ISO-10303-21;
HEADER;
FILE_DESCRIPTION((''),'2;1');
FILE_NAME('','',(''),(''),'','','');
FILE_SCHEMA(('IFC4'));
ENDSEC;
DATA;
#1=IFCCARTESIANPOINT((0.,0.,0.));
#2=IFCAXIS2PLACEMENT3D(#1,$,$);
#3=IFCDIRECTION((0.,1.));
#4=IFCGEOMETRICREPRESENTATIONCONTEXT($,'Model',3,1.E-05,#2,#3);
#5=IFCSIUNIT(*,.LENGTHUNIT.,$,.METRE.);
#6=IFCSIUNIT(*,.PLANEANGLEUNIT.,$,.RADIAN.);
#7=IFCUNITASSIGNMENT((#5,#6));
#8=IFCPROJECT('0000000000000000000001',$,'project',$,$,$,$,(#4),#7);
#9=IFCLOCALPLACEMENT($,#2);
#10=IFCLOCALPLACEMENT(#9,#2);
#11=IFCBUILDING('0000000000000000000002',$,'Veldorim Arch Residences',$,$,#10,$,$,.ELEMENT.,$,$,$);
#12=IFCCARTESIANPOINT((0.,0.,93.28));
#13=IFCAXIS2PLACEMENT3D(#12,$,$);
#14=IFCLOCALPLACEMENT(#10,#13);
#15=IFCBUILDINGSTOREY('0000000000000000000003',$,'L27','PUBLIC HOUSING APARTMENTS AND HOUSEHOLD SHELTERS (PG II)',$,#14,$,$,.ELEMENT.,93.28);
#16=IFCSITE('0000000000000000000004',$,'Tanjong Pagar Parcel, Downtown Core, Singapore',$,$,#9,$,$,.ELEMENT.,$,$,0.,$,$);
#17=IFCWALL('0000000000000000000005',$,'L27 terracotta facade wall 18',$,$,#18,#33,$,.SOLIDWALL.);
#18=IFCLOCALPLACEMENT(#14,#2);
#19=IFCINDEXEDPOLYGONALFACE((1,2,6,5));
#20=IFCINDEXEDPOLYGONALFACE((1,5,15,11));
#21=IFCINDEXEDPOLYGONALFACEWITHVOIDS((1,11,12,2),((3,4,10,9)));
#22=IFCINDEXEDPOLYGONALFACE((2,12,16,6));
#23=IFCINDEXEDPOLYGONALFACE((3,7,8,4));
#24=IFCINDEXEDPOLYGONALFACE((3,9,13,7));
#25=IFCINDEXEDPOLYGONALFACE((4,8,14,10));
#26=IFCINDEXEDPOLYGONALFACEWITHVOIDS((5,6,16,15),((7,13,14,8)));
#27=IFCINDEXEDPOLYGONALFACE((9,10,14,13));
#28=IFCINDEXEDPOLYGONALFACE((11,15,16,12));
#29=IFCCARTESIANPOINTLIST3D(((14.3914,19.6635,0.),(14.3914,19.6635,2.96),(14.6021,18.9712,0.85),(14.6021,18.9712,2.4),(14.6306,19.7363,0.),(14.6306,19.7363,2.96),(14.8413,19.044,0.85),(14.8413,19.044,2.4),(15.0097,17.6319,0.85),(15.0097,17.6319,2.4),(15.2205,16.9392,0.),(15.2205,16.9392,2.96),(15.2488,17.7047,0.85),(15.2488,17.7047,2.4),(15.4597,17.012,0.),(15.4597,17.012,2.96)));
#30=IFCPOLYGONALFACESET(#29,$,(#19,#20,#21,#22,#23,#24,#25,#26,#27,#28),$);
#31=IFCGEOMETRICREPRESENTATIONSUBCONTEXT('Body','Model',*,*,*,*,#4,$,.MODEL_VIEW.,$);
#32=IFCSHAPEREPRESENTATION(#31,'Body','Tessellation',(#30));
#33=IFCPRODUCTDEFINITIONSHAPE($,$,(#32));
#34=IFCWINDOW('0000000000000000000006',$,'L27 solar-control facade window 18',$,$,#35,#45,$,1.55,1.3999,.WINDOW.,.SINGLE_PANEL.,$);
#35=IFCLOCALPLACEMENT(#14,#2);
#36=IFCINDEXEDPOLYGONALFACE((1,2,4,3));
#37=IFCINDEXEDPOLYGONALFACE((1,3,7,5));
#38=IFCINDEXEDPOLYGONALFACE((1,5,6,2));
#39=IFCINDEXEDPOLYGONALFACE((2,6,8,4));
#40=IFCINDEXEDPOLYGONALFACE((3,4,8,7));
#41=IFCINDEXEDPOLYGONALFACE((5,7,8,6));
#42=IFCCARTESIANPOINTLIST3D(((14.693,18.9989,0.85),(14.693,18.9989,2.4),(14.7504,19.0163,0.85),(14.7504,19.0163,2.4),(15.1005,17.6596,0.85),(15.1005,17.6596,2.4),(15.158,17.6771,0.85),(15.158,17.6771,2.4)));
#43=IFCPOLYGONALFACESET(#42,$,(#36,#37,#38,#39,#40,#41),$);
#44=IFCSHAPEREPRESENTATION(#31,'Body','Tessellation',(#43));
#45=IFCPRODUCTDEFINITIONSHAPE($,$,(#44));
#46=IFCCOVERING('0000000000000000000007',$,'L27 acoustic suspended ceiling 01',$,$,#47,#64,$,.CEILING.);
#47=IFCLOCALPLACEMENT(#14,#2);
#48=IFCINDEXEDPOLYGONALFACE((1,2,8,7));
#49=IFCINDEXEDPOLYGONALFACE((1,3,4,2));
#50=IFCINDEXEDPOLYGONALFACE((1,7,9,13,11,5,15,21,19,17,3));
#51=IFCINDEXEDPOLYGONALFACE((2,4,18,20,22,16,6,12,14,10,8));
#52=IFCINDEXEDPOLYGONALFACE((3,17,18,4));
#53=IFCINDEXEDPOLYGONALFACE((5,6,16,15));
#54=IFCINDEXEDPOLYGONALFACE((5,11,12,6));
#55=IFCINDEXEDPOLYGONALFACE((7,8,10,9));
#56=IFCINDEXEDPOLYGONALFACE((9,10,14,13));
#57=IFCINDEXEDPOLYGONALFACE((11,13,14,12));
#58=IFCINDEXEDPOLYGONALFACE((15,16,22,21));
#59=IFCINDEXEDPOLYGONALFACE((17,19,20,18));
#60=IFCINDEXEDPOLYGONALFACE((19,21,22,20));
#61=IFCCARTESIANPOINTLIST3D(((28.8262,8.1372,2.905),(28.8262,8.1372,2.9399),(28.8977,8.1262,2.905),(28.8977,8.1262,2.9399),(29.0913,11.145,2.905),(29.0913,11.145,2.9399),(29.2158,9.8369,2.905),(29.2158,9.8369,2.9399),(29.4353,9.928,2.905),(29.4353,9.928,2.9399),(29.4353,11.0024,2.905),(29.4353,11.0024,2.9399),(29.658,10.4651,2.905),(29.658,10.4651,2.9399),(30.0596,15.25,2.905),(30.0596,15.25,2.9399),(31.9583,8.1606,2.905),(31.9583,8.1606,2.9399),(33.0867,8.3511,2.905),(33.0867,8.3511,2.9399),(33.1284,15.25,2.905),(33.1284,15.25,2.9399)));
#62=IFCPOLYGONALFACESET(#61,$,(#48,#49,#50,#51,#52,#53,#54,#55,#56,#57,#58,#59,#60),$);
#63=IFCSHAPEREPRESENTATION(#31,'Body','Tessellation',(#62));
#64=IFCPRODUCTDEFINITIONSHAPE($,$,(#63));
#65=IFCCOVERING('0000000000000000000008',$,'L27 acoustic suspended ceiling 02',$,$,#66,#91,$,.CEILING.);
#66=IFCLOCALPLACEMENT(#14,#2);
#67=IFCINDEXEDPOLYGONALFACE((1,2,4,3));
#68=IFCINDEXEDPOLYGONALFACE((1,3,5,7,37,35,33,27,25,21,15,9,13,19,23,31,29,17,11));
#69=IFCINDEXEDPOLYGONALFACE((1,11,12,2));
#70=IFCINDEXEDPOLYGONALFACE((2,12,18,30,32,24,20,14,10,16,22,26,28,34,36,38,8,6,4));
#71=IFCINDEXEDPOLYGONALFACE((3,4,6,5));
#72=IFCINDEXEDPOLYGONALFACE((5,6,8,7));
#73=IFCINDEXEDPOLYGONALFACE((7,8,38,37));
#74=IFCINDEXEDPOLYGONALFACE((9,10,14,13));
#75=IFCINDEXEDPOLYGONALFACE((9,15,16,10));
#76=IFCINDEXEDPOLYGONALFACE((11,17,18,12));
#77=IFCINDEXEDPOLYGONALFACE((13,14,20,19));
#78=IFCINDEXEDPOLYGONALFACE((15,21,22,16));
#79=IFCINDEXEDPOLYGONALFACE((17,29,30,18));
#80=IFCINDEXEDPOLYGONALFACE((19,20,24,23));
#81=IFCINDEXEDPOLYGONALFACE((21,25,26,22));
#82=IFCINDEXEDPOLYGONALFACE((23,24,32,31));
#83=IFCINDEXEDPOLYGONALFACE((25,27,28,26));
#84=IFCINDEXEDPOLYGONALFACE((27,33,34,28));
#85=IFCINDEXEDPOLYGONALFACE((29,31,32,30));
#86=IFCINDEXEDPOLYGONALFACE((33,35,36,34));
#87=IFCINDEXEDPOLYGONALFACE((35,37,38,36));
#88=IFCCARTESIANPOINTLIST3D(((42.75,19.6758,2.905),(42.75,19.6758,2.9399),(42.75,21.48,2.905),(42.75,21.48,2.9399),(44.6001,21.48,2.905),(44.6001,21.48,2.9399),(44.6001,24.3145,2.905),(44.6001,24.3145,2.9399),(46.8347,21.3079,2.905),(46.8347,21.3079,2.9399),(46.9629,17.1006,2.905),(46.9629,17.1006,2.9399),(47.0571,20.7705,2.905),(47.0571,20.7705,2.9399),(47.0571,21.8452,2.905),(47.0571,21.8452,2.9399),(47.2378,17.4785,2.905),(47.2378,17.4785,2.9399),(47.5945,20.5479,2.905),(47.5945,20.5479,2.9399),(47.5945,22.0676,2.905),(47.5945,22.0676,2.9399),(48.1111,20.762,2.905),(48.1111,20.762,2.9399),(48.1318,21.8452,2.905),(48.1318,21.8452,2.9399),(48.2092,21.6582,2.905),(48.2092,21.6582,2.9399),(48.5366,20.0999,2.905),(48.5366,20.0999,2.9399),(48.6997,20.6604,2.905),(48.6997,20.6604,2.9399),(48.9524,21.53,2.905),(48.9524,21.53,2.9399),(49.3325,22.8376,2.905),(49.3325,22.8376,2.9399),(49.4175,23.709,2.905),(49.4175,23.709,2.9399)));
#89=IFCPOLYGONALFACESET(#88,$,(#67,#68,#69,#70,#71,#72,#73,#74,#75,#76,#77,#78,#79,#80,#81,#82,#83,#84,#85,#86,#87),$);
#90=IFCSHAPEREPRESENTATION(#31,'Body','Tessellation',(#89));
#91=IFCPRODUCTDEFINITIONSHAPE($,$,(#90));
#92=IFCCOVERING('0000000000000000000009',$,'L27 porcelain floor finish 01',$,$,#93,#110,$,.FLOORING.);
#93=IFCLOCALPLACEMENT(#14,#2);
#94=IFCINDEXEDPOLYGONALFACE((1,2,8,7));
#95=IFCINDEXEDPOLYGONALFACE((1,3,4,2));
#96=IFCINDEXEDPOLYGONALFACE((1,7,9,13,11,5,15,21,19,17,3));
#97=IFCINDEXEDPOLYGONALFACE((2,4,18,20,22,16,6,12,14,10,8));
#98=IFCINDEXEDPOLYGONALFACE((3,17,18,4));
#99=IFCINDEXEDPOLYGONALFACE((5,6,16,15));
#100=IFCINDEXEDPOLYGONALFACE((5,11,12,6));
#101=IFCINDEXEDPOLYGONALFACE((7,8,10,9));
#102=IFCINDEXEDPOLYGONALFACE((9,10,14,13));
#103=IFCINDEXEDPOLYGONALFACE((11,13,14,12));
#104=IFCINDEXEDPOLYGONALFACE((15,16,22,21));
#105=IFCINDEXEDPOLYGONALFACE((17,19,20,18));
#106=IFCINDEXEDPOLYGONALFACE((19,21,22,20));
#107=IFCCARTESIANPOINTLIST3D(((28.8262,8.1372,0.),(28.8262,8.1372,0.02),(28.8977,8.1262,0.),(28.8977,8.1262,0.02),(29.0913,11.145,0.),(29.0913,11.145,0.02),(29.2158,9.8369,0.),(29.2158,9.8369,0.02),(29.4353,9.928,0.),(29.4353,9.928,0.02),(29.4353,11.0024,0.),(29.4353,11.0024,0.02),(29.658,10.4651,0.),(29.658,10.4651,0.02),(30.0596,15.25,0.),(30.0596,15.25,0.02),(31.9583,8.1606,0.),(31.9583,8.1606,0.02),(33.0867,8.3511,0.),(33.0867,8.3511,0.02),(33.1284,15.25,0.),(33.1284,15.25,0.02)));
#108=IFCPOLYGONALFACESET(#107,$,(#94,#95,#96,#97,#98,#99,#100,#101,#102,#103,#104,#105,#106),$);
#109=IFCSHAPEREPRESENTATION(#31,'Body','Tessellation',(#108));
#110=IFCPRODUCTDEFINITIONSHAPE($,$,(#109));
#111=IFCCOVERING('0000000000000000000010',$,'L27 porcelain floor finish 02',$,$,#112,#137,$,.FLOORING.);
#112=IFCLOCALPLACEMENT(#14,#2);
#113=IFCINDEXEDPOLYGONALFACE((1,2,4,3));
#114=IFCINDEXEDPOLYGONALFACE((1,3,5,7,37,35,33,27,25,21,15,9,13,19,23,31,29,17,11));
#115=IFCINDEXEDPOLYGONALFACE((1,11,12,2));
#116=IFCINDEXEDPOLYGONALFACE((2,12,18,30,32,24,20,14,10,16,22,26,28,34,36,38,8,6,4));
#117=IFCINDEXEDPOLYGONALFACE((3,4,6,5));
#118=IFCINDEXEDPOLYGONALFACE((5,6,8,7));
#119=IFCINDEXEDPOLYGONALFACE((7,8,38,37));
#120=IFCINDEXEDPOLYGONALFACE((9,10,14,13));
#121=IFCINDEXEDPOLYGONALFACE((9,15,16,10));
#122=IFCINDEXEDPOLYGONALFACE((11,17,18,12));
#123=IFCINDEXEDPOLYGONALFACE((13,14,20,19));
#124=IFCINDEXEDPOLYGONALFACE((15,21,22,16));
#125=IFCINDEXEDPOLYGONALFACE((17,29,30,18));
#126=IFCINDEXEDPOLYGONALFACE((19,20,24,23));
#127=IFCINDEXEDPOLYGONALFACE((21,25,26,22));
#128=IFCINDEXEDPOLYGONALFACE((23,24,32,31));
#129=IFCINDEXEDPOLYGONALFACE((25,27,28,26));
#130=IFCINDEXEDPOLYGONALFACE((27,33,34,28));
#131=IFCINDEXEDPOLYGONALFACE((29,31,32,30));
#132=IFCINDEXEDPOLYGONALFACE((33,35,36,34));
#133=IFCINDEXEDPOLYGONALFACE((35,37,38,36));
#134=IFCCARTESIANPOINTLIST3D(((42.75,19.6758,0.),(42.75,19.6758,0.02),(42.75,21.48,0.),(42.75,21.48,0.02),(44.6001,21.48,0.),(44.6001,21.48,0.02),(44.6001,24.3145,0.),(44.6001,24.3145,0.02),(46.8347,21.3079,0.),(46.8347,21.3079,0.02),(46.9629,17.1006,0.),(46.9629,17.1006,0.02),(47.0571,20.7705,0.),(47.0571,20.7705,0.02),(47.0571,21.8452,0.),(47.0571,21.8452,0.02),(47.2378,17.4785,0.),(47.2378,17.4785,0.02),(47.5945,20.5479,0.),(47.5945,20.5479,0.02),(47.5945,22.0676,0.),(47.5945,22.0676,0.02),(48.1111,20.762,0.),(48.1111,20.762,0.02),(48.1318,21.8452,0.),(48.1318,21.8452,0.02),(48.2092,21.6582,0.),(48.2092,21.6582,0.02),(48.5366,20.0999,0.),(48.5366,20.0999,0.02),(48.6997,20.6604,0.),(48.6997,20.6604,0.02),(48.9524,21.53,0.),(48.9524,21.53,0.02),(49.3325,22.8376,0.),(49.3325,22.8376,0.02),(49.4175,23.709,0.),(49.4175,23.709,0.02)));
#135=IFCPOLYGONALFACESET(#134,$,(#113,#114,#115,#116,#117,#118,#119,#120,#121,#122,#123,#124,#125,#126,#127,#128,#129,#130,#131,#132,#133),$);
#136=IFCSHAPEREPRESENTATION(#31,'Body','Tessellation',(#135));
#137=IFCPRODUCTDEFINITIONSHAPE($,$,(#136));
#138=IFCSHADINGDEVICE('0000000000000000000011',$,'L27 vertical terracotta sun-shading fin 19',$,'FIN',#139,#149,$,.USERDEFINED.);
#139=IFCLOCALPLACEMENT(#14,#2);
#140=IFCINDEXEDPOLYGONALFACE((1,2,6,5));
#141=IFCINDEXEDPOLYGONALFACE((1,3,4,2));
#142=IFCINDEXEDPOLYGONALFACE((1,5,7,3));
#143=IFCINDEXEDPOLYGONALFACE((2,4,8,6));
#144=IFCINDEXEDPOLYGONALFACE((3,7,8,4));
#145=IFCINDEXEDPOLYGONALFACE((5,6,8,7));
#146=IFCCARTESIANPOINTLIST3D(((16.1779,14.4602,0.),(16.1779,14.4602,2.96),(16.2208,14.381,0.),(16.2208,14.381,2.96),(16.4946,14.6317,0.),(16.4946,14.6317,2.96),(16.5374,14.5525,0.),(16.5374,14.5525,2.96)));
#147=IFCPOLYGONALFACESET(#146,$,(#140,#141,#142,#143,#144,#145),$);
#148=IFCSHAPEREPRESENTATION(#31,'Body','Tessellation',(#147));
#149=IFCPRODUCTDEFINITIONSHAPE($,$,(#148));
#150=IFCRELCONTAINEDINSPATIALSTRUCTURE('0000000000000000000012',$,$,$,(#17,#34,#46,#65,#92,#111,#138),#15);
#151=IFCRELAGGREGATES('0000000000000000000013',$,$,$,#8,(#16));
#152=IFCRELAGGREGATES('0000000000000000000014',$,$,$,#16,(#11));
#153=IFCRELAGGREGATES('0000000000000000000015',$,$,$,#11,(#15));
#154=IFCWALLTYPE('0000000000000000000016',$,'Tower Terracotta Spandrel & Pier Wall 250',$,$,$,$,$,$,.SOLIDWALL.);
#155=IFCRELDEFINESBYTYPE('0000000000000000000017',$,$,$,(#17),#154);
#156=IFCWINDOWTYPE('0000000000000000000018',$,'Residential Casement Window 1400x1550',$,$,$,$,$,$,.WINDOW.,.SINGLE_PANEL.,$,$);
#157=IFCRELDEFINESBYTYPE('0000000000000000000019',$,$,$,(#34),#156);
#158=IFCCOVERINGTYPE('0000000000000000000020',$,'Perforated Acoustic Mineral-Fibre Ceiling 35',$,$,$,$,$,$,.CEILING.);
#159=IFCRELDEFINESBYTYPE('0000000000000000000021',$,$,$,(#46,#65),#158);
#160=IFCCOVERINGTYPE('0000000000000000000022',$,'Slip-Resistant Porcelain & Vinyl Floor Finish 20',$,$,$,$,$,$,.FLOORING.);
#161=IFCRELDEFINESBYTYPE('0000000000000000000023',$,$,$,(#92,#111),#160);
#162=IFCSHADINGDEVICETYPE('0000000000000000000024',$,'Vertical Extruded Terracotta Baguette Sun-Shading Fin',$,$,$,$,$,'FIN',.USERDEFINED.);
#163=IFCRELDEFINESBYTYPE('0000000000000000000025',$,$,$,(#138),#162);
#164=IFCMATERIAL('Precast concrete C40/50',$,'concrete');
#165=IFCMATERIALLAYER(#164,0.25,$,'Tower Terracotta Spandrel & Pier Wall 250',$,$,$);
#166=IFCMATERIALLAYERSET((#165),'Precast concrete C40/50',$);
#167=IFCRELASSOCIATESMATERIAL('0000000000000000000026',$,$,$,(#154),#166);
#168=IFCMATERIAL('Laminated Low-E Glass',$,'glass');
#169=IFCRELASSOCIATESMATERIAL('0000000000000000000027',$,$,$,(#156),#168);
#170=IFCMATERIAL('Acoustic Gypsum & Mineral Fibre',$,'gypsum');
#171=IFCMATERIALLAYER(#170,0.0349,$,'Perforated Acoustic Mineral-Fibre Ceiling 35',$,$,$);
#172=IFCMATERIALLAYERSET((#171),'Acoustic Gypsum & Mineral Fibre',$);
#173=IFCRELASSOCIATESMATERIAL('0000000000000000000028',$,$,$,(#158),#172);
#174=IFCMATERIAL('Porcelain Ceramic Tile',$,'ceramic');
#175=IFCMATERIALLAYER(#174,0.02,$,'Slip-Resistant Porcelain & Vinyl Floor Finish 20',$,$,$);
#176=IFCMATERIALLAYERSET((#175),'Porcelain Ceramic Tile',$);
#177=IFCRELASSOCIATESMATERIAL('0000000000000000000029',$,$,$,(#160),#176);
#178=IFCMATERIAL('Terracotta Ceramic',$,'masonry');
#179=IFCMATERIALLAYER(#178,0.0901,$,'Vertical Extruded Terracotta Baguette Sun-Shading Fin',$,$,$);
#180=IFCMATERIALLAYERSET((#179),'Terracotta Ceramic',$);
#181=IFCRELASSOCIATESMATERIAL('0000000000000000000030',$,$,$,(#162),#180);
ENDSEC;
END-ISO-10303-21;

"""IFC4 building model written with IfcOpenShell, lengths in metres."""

from ifc_helpers import new_model, si_unit, direction, frame, frame_2d, origin, origin_2d, place, context, subcontext, project, spatial, polyline, rectangle, outline, extrude, material, layer, layer_set, type_object, element, fill, save


model = new_model("IFC4")

# Units and contexts
model_context = context("Model", 3, precision=1e-05, world=origin(), true_north=direction((0.0, 1.0)))
body_context = subcontext(model_context, "Body", "Model", "MODEL_VIEW")
ifc_project = project(units=[si_unit("LENGTHUNIT", "METRE"), si_unit("PLANEANGLEUNIT", "RADIAN")], contexts=[model_context])

# Site, building, storey
site_placement = place(None, origin())
site = spatial("IfcSite", under=ifc_project, at=site_placement, Name="Tanjong Pagar Parcel, Downtown Core, Singapore", CompositionType="ELEMENT", RefElevation=0.0)
building_placement = place(site_placement, origin())
building = spatial("IfcBuilding", under=site, at=building_placement, Name="Veldorim Arch Residences", CompositionType="ELEMENT")
storey_placement = place(building_placement, frame((0.0, 0.0, 93.28)))
storey = spatial("IfcBuildingStorey", under=building, at=storey_placement, Name="L27", Description="PUBLIC HOUSING APARTMENTS AND HOUSEHOLD SHELTERS (PG II)", CompositionType="ELEMENT", Elevation=93.28)

# Shared definitions
ifc_material_1 = material(Name="Precast concrete C40/50", Category="concrete")
ifc_layer_1 = layer(ifc_material_1, 0.25, Name="Tower Terracotta Spandrel & Pier Wall 250")
ifc_layer_set_1 = layer_set([ifc_layer_1], Name="Precast concrete C40/50")
wall_type = type_object("IfcWallType", Name="Tower Terracotta Spandrel & Pier Wall 250", PredefinedType="SOLIDWALL", material=ifc_layer_set_1)

# Wall, opening, window
wall_1_placement = place(storey_placement, frame((15.3401, 16.9756, 0.0), z_axis=(0.0, 0.0, 1.0), x_axis=(-0.291145, 0.956679, 0.0)))
wall_1 = element("IfcWall", 1, at=wall_1_placement, inside=storey, type_object=wall_type, Name="L27 terracotta facade wall 18", PredefinedType="SOLIDWALL", context=body_context, shape_type="SweptSolid", body=[
    extrude(rectangle(XDim=2.8477, YDim=0.25, at=frame_2d((1.4238, 0.0))), origin(), (0.0, 0.0, 1.0), 2.96),
])
opening_placement = place(wall_1_placement, frame((0.7241, 0.0, 0.8501)))
opening = element("IfcOpeningElement", 2, at=opening_placement, cuts=wall_1, PredefinedType="OPENING", context=body_context, shape_type="SweptSolid", body=[
    extrude(rectangle(XDim=1.3999, YDim=1.55, at=frame_2d((0.7, 0.7749))), frame((0.0, 0.135, 0.0), z_axis=(0.0, -1.0, 0.0), x_axis=(1.0, 0.0, 0.0)), (0.0, 0.0, 1.0), 0.27),
])
ifc_material_2 = material(Name="Laminated Low-E Glass", Category="glass")
window_type = type_object("IfcWindowType", Name="Residential Casement Window 1400x1550", PartitioningType="SINGLE_PANEL", PredefinedType="WINDOW", material=ifc_material_2)
window_placement = place(opening_placement, origin())
window = element("IfcWindow", 3, at=window_placement, inside=storey, type_object=window_type, Name="L27 solar-control facade window 18", OverallHeight=1.55, OverallWidth=1.3999, PartitioningType="SINGLE_PANEL", PredefinedType="WINDOW", context=body_context, shape_type="SweptSolid", body=[
    extrude(rectangle(XDim=1.3999, YDim=1.55, at=frame_2d((0.7, 0.7749))), frame((0.0, 0.03, 0.0), z_axis=(0.0, -1.0, 0.0), x_axis=(1.0, 0.0, 0.0)), (0.0, 0.0, 1.0), 0.0601),
])
fill(opening, window)

# Coverings
ifc_material_3 = material(Name="Acoustic Gypsum & Mineral Fibre", Category="gypsum")
ifc_layer_2 = layer(ifc_material_3, 0.0349, Name="Perforated Acoustic Mineral-Fibre Ceiling 35")
ifc_layer_set_2 = layer_set([ifc_layer_2], Name="Acoustic Gypsum & Mineral Fibre")
covering_type_1 = type_object("IfcCoveringType", Name="Perforated Acoustic Mineral-Fibre Ceiling 35", PredefinedType="CEILING", material=ifc_layer_set_2)
covering_1_placement = place(storey_placement, frame((0.0, 0.0, 2.905)))
element("IfcCovering", 4, at=covering_1_placement, inside=storey, type_object=covering_type_1, Name="L27 acoustic suspended ceiling 01", PredefinedType="CEILING", context=body_context, shape_type="SweptSolid", body=[
    extrude(outline(polyline([(28.8262, 8.1372), (29.2158, 9.8369), (29.4353, 9.928), (29.658, 10.4651), (29.4353, 11.0024), (29.0913, 11.145), (30.0596, 15.25), (33.1284, 15.25), (33.0867, 8.3511), (31.9583, 8.1606), (28.8977, 8.1262), (28.8262, 8.1372)])), origin(), (0.0, 0.0, 1.0), 0.0349),
])
covering_2_placement = place(storey_placement, frame((0.0, 0.0, 2.905)))
element("IfcCovering", 5, at=covering_2_placement, inside=storey, type_object=covering_type_1, Name="L27 acoustic suspended ceiling 02", PredefinedType="CEILING", context=body_context, shape_type="SweptSolid", body=[
    extrude(outline(polyline([(48.6997, 20.6604), (48.5366, 20.0999), (47.2378, 17.4785), (46.9629, 17.1006), (42.75, 19.6758), (42.75, 21.48), (44.6001, 21.48), (44.6001, 24.3145), (49.4175, 23.709), (49.3325, 22.8376), (48.9524, 21.53), (48.2092, 21.6582), (48.1318, 21.8452), (47.5945, 22.0676), (47.0571, 21.8452), (46.8347, 21.3079), (47.0571, 20.7705), (47.5945, 20.5479), (48.1111, 20.762), (48.6997, 20.6604)])), origin(), (0.0, 0.0, 1.0), 0.0349),
])
ifc_material_4 = material(Name="Porcelain Ceramic Tile", Category="ceramic")
ifc_layer_3 = layer(ifc_material_4, 0.02, Name="Slip-Resistant Porcelain & Vinyl Floor Finish 20")
ifc_layer_set_3 = layer_set([ifc_layer_3], Name="Porcelain Ceramic Tile")
covering_type_2 = type_object("IfcCoveringType", Name="Slip-Resistant Porcelain & Vinyl Floor Finish 20", PredefinedType="FLOORING", material=ifc_layer_set_3)
covering_3_placement = place(storey_placement, origin())
element("IfcCovering", 6, at=covering_3_placement, inside=storey, type_object=covering_type_2, Name="L27 porcelain floor finish 01", PredefinedType="FLOORING", context=body_context, shape_type="SweptSolid", body=[
    extrude(outline(polyline([(28.8262, 8.1372), (29.2158, 9.8369), (29.4353, 9.928), (29.658, 10.4651), (29.4353, 11.0024), (29.0913, 11.145), (30.0596, 15.25), (33.1284, 15.25), (33.0867, 8.3511), (31.9583, 8.1606), (28.8977, 8.1262), (28.8262, 8.1372)])), origin(), (0.0, 0.0, 1.0), 0.02),
])
covering_4_placement = place(storey_placement, origin())
element("IfcCovering", 7, at=covering_4_placement, inside=storey, type_object=covering_type_2, Name="L27 porcelain floor finish 02", PredefinedType="FLOORING", context=body_context, shape_type="SweptSolid", body=[
    extrude(outline(polyline([(48.6997, 20.6604), (48.5366, 20.0999), (47.2378, 17.4785), (46.9629, 17.1006), (42.75, 19.6758), (42.75, 21.48), (44.6001, 21.48), (44.6001, 24.3145), (49.4175, 23.709), (49.3325, 22.8376), (48.9524, 21.53), (48.2092, 21.6582), (48.1318, 21.8452), (47.5945, 22.0676), (47.0571, 21.8452), (46.8347, 21.3079), (47.0571, 20.7705), (47.5945, 20.5479), (48.1111, 20.762), (48.6997, 20.6604)])), origin(), (0.0, 0.0, 1.0), 0.02),
])

# Shading device
ifc_material_5 = material(Name="Terracotta Ceramic", Category="masonry")
ifc_layer_4 = layer(ifc_material_5, 0.0901, Name="Vertical Extruded Terracotta Baguette Sun-Shading Fin")
ifc_layer_set_4 = layer_set([ifc_layer_4], Name="Terracotta Ceramic")
shading_device_type = type_object("IfcShadingDeviceType", Name="Vertical Extruded Terracotta Baguette Sun-Shading Fin", ElementType="FIN", PredefinedType="USERDEFINED", material=ifc_layer_set_4)
shading_device_placement = place(storey_placement, frame((16.3577, 14.5063, 0.0), z_axis=(0.0, 0.0, 1.0), x_axis=(-0.476085, 0.879399, 0.0)))
element("IfcShadingDevice", 8, at=shading_device_placement, inside=storey, type_object=shading_device_type, Name="L27 vertical terracotta sun-shading fin 19", ObjectType="FIN", PredefinedType="USERDEFINED", context=body_context, shape_type="SweptSolid", body=[
    extrude(rectangle(XDim=0.0901, YDim=0.3601, at=origin_2d()), origin(), (0.0, 0.0, 1.0), 2.96),
])

save(model, "model.ifc")
